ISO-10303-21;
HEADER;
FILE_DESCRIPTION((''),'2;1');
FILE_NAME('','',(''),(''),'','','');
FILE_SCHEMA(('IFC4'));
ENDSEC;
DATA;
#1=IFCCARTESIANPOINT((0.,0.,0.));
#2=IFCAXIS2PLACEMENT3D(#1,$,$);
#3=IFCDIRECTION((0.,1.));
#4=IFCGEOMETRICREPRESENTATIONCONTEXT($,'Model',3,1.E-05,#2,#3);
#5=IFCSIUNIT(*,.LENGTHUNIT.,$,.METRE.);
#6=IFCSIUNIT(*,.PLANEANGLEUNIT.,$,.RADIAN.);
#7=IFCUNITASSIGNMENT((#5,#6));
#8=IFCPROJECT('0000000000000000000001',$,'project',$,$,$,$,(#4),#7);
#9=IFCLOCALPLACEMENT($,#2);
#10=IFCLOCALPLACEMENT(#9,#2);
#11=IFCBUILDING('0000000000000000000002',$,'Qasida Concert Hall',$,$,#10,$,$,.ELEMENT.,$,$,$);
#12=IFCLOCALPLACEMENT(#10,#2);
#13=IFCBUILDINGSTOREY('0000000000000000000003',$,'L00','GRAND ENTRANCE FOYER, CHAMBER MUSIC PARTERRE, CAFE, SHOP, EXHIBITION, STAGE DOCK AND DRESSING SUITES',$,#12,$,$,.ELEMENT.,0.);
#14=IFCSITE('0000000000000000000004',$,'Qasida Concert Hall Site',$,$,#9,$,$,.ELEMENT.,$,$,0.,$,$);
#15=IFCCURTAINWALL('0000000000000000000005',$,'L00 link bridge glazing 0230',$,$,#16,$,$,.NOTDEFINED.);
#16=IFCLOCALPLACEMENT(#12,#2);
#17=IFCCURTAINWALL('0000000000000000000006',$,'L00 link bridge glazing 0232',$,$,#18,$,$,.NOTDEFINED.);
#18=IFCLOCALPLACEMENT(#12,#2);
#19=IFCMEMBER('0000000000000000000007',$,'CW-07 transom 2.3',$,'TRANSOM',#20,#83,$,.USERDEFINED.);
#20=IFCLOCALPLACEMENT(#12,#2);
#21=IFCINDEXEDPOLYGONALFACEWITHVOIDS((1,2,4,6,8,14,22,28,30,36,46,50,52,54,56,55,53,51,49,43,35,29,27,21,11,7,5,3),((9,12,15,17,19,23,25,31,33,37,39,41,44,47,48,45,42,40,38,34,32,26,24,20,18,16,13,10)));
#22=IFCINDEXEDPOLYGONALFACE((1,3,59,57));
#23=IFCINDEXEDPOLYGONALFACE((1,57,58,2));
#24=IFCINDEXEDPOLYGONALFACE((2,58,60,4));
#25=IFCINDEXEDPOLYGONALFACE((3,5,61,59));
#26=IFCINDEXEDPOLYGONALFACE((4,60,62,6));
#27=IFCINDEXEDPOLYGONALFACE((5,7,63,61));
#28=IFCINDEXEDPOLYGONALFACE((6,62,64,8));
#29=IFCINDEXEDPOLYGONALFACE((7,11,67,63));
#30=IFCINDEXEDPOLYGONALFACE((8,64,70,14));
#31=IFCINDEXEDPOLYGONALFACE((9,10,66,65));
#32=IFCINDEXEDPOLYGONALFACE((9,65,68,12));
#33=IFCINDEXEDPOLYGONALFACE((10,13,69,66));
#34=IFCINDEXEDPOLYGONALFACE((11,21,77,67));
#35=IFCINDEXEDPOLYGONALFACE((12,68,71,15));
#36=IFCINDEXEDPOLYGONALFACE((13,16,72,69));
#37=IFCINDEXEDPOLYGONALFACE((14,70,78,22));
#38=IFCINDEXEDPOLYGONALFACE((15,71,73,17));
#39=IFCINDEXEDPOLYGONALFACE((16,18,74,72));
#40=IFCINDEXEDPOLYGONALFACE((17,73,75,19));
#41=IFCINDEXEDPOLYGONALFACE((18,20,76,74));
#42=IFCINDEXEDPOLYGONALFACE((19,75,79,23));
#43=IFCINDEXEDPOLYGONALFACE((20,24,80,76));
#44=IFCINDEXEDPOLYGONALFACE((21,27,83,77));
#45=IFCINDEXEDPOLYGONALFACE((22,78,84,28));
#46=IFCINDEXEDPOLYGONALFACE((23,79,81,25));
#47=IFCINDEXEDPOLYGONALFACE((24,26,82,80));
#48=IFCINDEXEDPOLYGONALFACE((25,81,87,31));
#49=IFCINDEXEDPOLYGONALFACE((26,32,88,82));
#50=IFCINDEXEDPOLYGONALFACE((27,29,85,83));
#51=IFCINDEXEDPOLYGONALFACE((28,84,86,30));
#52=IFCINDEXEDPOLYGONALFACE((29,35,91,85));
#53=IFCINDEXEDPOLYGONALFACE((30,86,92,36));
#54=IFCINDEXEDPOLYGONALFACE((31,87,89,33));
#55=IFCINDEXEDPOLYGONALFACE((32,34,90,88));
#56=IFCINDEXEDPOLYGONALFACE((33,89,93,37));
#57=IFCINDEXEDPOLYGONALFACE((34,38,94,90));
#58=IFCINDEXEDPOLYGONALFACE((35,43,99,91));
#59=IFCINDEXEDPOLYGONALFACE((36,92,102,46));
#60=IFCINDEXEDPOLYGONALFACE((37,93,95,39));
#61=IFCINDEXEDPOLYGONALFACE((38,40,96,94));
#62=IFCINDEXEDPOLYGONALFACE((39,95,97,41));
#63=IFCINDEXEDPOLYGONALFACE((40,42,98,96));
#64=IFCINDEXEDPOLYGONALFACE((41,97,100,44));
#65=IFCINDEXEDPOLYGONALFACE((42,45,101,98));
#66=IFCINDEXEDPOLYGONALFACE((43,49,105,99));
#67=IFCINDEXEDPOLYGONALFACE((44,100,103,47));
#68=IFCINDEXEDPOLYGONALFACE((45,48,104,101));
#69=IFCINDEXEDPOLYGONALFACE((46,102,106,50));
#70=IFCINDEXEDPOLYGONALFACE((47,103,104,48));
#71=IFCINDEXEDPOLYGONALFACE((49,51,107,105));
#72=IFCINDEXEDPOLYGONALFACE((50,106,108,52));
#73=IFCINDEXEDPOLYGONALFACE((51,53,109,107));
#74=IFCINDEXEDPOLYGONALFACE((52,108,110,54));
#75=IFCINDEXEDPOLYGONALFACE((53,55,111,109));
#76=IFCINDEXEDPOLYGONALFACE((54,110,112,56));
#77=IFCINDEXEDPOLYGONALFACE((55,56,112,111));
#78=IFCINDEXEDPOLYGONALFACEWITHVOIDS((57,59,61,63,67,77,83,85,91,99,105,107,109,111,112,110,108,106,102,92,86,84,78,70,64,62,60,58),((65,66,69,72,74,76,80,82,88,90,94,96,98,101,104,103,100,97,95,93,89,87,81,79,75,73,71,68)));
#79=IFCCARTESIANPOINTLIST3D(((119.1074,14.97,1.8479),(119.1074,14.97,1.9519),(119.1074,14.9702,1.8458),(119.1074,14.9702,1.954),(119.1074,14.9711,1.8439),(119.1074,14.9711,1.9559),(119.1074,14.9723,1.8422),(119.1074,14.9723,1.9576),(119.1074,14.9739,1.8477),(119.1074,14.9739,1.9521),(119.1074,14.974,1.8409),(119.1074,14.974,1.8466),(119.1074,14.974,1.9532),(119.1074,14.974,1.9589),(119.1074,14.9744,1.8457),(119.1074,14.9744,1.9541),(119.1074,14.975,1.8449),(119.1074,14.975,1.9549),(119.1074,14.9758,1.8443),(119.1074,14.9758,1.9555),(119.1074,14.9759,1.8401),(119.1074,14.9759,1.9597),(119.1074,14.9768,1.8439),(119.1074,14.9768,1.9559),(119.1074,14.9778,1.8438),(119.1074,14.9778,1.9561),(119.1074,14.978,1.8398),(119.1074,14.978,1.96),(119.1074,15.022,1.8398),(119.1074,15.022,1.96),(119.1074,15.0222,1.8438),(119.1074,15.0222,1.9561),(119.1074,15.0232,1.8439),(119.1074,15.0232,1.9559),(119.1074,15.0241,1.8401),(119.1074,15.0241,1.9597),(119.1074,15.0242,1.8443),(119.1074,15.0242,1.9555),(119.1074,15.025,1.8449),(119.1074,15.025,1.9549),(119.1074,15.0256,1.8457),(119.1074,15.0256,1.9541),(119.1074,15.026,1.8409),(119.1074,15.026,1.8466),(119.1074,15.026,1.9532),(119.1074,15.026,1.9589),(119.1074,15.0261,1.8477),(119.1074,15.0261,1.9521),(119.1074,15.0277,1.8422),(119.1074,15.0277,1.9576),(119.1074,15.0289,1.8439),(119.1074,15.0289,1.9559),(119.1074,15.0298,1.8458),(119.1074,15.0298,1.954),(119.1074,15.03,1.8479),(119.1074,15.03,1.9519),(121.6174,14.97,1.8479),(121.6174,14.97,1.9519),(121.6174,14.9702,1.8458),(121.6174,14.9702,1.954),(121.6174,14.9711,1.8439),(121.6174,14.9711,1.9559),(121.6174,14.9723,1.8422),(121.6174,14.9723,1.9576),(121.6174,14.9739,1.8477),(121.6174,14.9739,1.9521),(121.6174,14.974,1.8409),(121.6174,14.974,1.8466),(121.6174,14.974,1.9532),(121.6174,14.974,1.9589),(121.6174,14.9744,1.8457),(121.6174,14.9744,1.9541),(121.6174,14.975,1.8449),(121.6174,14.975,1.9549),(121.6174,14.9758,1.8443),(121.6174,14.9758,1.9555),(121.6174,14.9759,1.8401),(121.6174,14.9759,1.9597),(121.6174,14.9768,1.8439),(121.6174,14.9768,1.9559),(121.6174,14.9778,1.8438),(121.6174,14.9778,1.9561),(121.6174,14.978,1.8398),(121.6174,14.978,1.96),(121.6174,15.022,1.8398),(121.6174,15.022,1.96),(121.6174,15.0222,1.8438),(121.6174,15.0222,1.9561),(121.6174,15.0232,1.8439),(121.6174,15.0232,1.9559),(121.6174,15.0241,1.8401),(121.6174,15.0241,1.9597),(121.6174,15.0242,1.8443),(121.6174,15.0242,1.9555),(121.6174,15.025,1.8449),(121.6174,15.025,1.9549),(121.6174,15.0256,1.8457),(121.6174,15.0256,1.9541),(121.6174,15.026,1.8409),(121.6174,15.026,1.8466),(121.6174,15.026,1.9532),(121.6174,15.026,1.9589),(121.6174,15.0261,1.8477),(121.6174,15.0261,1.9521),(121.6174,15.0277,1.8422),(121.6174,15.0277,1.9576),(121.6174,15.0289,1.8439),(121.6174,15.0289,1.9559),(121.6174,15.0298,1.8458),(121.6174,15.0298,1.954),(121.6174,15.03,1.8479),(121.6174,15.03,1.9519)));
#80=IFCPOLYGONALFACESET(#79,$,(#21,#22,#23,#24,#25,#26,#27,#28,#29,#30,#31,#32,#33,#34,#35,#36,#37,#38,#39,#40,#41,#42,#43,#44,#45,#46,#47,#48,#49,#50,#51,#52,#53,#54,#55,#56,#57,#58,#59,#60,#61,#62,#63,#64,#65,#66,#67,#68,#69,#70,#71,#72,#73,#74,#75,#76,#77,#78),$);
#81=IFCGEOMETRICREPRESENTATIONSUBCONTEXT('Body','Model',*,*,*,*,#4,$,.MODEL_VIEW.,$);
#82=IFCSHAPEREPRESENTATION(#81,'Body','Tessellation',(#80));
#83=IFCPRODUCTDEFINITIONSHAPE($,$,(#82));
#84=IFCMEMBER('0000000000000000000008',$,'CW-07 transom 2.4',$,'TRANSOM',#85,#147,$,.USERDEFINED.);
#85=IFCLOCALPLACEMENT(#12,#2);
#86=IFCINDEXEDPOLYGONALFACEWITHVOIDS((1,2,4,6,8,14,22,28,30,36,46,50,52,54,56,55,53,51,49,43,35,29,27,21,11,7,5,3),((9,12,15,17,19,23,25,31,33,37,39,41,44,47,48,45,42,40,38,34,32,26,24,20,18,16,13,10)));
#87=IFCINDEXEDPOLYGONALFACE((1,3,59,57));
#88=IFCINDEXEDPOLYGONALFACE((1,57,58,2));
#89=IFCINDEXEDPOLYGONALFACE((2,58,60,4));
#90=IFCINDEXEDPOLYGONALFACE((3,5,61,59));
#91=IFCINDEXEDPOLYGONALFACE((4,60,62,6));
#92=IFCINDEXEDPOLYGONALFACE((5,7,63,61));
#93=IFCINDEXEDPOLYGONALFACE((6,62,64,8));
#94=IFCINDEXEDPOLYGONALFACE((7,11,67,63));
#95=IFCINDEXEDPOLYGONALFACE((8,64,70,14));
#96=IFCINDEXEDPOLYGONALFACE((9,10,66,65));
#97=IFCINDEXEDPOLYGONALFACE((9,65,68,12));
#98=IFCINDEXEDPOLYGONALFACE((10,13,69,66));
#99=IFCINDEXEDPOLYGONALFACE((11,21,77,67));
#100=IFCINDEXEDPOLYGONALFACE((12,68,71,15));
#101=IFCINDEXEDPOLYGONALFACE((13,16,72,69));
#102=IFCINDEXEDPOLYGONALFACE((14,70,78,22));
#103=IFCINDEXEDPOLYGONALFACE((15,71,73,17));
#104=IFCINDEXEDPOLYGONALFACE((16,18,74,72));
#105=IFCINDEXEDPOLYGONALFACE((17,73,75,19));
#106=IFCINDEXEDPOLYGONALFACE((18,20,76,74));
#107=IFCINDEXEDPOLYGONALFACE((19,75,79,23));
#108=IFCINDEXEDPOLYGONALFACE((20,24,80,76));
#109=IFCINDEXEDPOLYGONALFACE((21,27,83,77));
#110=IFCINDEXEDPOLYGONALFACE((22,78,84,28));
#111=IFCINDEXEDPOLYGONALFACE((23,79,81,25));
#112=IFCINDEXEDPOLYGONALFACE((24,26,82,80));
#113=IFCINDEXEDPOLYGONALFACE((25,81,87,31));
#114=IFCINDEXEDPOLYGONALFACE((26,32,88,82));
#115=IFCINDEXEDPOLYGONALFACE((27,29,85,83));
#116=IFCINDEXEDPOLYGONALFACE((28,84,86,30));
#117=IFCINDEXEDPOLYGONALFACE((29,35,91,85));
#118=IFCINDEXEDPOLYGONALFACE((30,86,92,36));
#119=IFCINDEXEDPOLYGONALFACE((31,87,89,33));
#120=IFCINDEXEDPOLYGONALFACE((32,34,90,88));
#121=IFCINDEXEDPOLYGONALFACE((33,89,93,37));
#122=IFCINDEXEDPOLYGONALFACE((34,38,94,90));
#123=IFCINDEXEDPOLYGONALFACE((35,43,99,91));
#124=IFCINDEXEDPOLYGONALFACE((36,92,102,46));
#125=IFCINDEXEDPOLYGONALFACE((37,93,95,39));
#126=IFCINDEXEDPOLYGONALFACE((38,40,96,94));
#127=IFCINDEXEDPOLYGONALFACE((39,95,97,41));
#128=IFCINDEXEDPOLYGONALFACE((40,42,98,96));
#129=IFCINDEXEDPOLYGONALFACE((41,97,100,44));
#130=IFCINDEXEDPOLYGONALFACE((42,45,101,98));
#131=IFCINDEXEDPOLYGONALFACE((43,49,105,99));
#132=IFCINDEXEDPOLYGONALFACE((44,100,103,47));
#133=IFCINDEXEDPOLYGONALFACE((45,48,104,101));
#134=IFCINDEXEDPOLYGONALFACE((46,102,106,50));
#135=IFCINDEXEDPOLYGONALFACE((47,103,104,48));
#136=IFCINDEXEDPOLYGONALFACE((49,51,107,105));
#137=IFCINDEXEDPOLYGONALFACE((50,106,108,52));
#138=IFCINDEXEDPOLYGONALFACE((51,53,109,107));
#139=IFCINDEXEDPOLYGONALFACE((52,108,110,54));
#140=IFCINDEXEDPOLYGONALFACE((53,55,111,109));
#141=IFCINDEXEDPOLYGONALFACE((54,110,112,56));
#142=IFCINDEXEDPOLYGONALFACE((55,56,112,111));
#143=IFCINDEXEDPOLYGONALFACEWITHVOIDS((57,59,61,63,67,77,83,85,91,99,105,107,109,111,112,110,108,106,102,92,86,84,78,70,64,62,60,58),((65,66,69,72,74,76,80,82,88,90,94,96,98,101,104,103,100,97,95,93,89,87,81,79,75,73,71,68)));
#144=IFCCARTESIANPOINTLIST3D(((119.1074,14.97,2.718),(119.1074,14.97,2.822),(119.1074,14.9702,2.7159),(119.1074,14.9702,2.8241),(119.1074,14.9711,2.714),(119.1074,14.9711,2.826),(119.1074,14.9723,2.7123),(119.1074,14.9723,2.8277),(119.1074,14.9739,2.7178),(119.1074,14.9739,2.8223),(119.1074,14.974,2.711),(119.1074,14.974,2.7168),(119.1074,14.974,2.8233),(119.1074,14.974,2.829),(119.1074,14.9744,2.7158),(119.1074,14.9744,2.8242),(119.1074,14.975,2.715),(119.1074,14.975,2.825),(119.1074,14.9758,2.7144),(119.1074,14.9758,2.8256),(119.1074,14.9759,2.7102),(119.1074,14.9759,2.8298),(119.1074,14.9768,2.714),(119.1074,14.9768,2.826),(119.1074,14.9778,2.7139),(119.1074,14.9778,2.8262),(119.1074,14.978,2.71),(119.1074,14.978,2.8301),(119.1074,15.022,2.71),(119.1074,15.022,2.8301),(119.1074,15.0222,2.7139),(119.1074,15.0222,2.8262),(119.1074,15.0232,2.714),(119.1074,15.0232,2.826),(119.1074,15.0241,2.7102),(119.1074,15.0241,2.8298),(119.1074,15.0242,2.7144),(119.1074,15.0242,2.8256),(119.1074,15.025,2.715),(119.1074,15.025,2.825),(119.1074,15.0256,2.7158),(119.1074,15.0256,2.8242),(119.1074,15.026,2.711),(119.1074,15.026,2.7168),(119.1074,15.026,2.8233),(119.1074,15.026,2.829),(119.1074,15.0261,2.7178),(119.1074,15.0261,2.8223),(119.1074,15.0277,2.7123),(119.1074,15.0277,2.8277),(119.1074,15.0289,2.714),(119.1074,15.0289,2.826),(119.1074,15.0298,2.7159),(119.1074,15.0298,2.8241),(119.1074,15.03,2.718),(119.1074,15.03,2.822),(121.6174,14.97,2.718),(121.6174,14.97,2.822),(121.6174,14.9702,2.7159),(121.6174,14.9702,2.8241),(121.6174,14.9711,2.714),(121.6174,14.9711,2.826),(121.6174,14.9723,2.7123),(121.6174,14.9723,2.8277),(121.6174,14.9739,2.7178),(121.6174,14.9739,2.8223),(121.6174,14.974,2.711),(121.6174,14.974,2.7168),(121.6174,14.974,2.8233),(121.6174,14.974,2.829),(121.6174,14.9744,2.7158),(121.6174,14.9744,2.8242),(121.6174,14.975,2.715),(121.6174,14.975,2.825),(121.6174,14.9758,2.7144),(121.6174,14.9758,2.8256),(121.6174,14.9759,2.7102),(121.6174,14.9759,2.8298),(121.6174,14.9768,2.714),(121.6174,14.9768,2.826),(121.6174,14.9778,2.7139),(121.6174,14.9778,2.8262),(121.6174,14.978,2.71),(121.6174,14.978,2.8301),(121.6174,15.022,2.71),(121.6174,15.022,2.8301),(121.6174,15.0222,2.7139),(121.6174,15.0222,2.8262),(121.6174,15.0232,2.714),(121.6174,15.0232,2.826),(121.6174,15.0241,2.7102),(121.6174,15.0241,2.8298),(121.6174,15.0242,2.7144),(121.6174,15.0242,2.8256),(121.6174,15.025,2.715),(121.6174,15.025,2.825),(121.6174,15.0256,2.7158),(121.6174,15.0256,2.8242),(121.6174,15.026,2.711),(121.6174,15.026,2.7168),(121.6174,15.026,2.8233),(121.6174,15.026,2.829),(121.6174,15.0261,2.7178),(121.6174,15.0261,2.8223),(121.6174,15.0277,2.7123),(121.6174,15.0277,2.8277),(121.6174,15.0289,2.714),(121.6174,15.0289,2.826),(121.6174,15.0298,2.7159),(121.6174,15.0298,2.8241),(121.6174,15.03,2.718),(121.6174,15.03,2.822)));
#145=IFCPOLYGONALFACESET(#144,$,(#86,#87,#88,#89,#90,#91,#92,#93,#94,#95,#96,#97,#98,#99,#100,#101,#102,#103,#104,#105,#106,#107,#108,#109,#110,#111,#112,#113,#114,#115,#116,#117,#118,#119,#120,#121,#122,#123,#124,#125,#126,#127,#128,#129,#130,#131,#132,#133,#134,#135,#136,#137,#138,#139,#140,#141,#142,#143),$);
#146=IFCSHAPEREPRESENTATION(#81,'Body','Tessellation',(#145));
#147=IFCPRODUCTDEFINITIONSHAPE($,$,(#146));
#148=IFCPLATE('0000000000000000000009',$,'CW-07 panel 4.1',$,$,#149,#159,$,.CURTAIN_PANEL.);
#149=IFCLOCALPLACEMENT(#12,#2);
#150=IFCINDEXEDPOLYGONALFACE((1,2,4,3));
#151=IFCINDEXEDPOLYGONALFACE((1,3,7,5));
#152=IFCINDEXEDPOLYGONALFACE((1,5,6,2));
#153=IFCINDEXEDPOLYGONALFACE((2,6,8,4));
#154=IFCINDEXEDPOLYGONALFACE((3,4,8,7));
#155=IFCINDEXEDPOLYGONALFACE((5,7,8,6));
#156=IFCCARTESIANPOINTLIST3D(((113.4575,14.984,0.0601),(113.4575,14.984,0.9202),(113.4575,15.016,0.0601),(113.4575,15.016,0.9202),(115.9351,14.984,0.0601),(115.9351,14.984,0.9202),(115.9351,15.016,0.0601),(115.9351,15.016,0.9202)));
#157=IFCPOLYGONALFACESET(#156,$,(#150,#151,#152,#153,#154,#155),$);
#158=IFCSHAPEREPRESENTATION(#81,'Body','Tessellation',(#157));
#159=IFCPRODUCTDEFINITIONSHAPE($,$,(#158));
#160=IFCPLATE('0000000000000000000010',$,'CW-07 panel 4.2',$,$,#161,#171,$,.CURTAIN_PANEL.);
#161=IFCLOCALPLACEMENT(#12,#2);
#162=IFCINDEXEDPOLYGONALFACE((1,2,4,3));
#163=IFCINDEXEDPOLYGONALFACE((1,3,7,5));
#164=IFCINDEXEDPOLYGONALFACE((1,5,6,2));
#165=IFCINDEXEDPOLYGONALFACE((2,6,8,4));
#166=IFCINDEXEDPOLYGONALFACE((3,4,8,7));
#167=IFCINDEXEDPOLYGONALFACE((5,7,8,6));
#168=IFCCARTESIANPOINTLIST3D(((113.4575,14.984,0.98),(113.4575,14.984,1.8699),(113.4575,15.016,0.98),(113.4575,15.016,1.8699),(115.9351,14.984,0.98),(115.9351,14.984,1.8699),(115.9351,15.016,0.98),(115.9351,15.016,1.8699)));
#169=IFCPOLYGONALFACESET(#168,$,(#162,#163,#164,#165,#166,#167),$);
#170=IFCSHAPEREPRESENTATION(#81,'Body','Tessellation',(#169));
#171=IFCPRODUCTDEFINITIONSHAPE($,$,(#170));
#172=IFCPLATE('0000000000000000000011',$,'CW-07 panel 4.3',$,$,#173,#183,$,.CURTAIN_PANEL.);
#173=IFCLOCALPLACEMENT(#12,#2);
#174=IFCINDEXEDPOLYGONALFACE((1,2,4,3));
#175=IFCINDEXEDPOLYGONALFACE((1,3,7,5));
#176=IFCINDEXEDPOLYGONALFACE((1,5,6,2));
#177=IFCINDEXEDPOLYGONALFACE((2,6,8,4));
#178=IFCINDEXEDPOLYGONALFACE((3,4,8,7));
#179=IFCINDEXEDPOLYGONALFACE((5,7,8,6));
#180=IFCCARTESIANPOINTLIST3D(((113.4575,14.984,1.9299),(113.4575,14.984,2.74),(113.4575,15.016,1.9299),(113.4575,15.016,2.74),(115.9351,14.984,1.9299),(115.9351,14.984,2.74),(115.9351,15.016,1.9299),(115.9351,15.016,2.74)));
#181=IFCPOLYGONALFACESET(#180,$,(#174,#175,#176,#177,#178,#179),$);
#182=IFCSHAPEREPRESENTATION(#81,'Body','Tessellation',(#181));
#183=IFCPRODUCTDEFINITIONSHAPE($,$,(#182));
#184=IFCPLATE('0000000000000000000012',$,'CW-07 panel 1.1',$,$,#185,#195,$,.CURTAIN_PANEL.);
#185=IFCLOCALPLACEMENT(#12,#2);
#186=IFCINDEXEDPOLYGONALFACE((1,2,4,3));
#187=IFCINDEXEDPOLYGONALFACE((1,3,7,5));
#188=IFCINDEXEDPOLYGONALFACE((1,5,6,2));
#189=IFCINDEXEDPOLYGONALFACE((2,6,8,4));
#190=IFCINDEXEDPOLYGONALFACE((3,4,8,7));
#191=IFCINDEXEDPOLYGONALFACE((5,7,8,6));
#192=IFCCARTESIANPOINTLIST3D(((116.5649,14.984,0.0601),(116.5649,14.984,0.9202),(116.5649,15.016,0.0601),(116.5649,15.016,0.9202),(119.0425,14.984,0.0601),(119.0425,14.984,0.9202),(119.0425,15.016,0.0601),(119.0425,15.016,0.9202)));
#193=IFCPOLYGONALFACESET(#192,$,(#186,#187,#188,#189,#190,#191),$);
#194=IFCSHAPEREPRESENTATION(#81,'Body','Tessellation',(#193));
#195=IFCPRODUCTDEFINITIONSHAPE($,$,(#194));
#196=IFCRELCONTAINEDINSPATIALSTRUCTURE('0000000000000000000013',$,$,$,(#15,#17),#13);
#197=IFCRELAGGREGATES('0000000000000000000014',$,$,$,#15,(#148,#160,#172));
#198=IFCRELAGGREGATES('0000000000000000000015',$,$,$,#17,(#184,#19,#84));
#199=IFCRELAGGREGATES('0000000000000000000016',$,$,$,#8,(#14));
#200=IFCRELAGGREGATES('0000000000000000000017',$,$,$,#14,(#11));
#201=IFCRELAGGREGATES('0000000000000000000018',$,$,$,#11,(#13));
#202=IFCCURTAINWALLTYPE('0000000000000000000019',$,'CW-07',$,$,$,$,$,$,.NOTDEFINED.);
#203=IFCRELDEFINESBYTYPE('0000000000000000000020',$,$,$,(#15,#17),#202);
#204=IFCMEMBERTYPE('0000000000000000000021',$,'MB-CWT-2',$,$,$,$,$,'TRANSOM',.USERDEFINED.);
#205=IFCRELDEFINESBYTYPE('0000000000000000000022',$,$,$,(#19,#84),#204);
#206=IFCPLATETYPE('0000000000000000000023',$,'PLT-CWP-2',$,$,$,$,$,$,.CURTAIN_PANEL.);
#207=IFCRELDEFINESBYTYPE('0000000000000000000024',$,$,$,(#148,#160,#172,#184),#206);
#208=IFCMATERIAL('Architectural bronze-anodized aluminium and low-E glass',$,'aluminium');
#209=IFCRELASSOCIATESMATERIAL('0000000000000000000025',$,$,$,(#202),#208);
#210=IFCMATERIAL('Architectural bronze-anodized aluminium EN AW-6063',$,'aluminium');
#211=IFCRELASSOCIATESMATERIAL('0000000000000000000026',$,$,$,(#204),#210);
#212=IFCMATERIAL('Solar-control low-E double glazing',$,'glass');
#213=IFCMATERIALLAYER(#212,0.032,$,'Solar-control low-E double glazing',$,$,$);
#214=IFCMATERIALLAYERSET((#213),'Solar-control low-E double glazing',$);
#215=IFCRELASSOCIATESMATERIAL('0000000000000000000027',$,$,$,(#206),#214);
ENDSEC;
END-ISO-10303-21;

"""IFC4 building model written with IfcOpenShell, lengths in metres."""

from ifc_helpers import new_model, si_unit, direction, frame, origin, origin_2d, place, context, subcontext, project, spatial, rectangle, hollow_rectangle, extrude, material, layer, layer_set, material_profile, profile_set, type_object, element, aggregate, save


model = new_model("IFC4")

# Units and contexts
model_context = context("Model", 3, precision=1e-05, world=origin(), true_north=direction((0.0, 1.0)))
body_context = subcontext(model_context, "Body", "Model", "MODEL_VIEW")
ifc_project = project(units=[si_unit("LENGTHUNIT", "METRE"), si_unit("PLANEANGLEUNIT", "RADIAN")], contexts=[model_context])

# Site, building, storey
site_placement = place(None, origin())
site = spatial("IfcSite", under=ifc_project, at=site_placement, Name="Qasida Concert Hall Site", CompositionType="ELEMENT", RefElevation=0.0)
building_placement = place(site_placement, origin())
building = spatial("IfcBuilding", under=site, at=building_placement, Name="Qasida Concert Hall", CompositionType="ELEMENT")
storey_placement = place(building_placement, origin())
storey = spatial("IfcBuildingStorey", under=building, at=storey_placement, Name="L00", Description="GRAND ENTRANCE FOYER, CHAMBER MUSIC PARTERRE, CAFE, SHOP, EXHIBITION, STAGE DOCK AND DRESSING SUITES", CompositionType="ELEMENT", Elevation=0.0)

# Curtain walls
ifc_material_1 = material(Name="Architectural bronze-anodized aluminium and low-E glass", Category="aluminium")
curtain_wall_type = type_object("IfcCurtainWallType", Name="CW-07", PredefinedType="NOTDEFINED", material=ifc_material_1)
curtain_wall_1_placement = place(storey_placement, origin())
curtain_wall_1 = element("IfcCurtainWall", 1, at=curtain_wall_1_placement, inside=storey, type_object=curtain_wall_type, Name="L00 link bridge glazing 0230", PredefinedType="NOTDEFINED")
ifc_material_2 = material(Name="Architectural bronze-anodized aluminium EN AW-6063", Category="aluminium")
curtain_wall_2_placement = place(storey_placement, origin())
curtain_wall_2 = element("IfcCurtainWall", 2, at=curtain_wall_2_placement, inside=storey, type_object=curtain_wall_type, Name="L00 link bridge glazing 0232", PredefinedType="NOTDEFINED")

# Members
ifc_material_profile_1 = material_profile(ifc_material_2, hollow_rectangle(XDim=0.0601, YDim=0.1201, WallThickness=0.0039, InnerFilletRadius=0.0039, OuterFilletRadius=0.0081, at=origin_2d()), Name="CWT 120x60x4")
ifc_profile_set_1 = profile_set([ifc_material_profile_1], Name="Architectural bronze-anodized aluminium EN AW-6063")
member_type_1 = type_object("IfcMemberType", Name="MB-CWT-2", ElementType="TRANSOM", PredefinedType="USERDEFINED", material=ifc_profile_set_1)
member_1_placement = place(storey_placement, frame((119.1074, 15.0, 1.8999), z_axis=(1.0, 0.0, 0.0), x_axis=(0.0, 1.0, 0.0)))
member_1 = element("IfcMember", 3, at=member_1_placement, type_object=member_type_1, Name="CW-07 transom 2.3", ObjectType="TRANSOM", PredefinedType="USERDEFINED", context=body_context, shape_type="SweptSolid", body=[
    extrude(hollow_rectangle(XDim=0.0601, YDim=0.1201, WallThickness=0.0039, InnerFilletRadius=0.0039, OuterFilletRadius=0.0081, at=origin_2d()), origin(), (0.0, 0.0, 1.0), 2.51),
])
member_2_placement = place(storey_placement, frame((119.1074, 15.0, 2.77), z_axis=(1.0, 0.0, 0.0), x_axis=(0.0, 1.0, 0.0)))
member_2 = element("IfcMember", 4, at=member_2_placement, type_object=member_type_1, Name="CW-07 transom 2.4", ObjectType="TRANSOM", PredefinedType="USERDEFINED", context=body_context, shape_type="SweptSolid", body=[
    extrude(hollow_rectangle(XDim=0.0601, YDim=0.1201, WallThickness=0.0039, InnerFilletRadius=0.0039, OuterFilletRadius=0.0081, at=origin_2d()), origin(), (0.0, 0.0, 1.0), 2.51),
])

# Plates
ifc_material_3 = material(Name="Solar-control low-E double glazing", Category="glass")
ifc_layer = layer(ifc_material_3, 0.032, Name="Solar-control low-E double glazing")
ifc_layer_set = layer_set([ifc_layer], Name="Solar-control low-E double glazing")
plate_type = type_object("IfcPlateType", Name="PLT-CWP-2", PredefinedType="CURTAIN_PANEL", material=ifc_layer_set)
plate_1_placement = place(storey_placement, frame((114.6963, 15.0, 0.0601), z_axis=(0.0, 0.0, 1.0), x_axis=(1.0, 0.0, 0.0)))
plate_1 = element("IfcPlate", 5, at=plate_1_placement, type_object=plate_type, Name="CW-07 panel 4.1", PredefinedType="CURTAIN_PANEL", context=body_context, shape_type="SweptSolid", body=[
    extrude(rectangle(XDim=2.4775, YDim=0.032, at=origin_2d()), origin(), (0.0, 0.0, 1.0), 0.8601),
])
plate_2_placement = place(storey_placement, frame((114.6963, 15.0, 0.98), z_axis=(0.0, 0.0, 1.0), x_axis=(1.0, 0.0, 0.0)))
plate_2 = element("IfcPlate", 6, at=plate_2_placement, type_object=plate_type, Name="CW-07 panel 4.2", PredefinedType="CURTAIN_PANEL", context=body_context, shape_type="SweptSolid", body=[
    extrude(rectangle(XDim=2.4775, YDim=0.032, at=origin_2d()), origin(), (0.0, 0.0, 1.0), 0.8899),
])
plate_3_placement = place(storey_placement, frame((114.6963, 15.0, 1.9299), z_axis=(0.0, 0.0, 1.0), x_axis=(1.0, 0.0, 0.0)))
plate_3 = element("IfcPlate", 7, at=plate_3_placement, type_object=plate_type, Name="CW-07 panel 4.3", PredefinedType="CURTAIN_PANEL", context=body_context, shape_type="SweptSolid", body=[
    extrude(rectangle(XDim=2.4775, YDim=0.032, at=origin_2d()), origin(), (0.0, 0.0, 1.0), 0.8101),
])
aggregate(curtain_wall_1, [plate_1, plate_2, plate_3])
plate_4_placement = place(storey_placement, frame((117.8037, 15.0, 0.0601), z_axis=(0.0, 0.0, 1.0), x_axis=(1.0, 0.0, 0.0)))
plate_4 = element("IfcPlate", 8, at=plate_4_placement, type_object=plate_type, Name="CW-07 panel 1.1", PredefinedType="CURTAIN_PANEL", context=body_context, shape_type="SweptSolid", body=[
    extrude(rectangle(XDim=2.4775, YDim=0.032, at=origin_2d()), origin(), (0.0, 0.0, 1.0), 0.8601),
])
aggregate(curtain_wall_2, [plate_4, member_1, member_2])

save(model, "model.ifc")
